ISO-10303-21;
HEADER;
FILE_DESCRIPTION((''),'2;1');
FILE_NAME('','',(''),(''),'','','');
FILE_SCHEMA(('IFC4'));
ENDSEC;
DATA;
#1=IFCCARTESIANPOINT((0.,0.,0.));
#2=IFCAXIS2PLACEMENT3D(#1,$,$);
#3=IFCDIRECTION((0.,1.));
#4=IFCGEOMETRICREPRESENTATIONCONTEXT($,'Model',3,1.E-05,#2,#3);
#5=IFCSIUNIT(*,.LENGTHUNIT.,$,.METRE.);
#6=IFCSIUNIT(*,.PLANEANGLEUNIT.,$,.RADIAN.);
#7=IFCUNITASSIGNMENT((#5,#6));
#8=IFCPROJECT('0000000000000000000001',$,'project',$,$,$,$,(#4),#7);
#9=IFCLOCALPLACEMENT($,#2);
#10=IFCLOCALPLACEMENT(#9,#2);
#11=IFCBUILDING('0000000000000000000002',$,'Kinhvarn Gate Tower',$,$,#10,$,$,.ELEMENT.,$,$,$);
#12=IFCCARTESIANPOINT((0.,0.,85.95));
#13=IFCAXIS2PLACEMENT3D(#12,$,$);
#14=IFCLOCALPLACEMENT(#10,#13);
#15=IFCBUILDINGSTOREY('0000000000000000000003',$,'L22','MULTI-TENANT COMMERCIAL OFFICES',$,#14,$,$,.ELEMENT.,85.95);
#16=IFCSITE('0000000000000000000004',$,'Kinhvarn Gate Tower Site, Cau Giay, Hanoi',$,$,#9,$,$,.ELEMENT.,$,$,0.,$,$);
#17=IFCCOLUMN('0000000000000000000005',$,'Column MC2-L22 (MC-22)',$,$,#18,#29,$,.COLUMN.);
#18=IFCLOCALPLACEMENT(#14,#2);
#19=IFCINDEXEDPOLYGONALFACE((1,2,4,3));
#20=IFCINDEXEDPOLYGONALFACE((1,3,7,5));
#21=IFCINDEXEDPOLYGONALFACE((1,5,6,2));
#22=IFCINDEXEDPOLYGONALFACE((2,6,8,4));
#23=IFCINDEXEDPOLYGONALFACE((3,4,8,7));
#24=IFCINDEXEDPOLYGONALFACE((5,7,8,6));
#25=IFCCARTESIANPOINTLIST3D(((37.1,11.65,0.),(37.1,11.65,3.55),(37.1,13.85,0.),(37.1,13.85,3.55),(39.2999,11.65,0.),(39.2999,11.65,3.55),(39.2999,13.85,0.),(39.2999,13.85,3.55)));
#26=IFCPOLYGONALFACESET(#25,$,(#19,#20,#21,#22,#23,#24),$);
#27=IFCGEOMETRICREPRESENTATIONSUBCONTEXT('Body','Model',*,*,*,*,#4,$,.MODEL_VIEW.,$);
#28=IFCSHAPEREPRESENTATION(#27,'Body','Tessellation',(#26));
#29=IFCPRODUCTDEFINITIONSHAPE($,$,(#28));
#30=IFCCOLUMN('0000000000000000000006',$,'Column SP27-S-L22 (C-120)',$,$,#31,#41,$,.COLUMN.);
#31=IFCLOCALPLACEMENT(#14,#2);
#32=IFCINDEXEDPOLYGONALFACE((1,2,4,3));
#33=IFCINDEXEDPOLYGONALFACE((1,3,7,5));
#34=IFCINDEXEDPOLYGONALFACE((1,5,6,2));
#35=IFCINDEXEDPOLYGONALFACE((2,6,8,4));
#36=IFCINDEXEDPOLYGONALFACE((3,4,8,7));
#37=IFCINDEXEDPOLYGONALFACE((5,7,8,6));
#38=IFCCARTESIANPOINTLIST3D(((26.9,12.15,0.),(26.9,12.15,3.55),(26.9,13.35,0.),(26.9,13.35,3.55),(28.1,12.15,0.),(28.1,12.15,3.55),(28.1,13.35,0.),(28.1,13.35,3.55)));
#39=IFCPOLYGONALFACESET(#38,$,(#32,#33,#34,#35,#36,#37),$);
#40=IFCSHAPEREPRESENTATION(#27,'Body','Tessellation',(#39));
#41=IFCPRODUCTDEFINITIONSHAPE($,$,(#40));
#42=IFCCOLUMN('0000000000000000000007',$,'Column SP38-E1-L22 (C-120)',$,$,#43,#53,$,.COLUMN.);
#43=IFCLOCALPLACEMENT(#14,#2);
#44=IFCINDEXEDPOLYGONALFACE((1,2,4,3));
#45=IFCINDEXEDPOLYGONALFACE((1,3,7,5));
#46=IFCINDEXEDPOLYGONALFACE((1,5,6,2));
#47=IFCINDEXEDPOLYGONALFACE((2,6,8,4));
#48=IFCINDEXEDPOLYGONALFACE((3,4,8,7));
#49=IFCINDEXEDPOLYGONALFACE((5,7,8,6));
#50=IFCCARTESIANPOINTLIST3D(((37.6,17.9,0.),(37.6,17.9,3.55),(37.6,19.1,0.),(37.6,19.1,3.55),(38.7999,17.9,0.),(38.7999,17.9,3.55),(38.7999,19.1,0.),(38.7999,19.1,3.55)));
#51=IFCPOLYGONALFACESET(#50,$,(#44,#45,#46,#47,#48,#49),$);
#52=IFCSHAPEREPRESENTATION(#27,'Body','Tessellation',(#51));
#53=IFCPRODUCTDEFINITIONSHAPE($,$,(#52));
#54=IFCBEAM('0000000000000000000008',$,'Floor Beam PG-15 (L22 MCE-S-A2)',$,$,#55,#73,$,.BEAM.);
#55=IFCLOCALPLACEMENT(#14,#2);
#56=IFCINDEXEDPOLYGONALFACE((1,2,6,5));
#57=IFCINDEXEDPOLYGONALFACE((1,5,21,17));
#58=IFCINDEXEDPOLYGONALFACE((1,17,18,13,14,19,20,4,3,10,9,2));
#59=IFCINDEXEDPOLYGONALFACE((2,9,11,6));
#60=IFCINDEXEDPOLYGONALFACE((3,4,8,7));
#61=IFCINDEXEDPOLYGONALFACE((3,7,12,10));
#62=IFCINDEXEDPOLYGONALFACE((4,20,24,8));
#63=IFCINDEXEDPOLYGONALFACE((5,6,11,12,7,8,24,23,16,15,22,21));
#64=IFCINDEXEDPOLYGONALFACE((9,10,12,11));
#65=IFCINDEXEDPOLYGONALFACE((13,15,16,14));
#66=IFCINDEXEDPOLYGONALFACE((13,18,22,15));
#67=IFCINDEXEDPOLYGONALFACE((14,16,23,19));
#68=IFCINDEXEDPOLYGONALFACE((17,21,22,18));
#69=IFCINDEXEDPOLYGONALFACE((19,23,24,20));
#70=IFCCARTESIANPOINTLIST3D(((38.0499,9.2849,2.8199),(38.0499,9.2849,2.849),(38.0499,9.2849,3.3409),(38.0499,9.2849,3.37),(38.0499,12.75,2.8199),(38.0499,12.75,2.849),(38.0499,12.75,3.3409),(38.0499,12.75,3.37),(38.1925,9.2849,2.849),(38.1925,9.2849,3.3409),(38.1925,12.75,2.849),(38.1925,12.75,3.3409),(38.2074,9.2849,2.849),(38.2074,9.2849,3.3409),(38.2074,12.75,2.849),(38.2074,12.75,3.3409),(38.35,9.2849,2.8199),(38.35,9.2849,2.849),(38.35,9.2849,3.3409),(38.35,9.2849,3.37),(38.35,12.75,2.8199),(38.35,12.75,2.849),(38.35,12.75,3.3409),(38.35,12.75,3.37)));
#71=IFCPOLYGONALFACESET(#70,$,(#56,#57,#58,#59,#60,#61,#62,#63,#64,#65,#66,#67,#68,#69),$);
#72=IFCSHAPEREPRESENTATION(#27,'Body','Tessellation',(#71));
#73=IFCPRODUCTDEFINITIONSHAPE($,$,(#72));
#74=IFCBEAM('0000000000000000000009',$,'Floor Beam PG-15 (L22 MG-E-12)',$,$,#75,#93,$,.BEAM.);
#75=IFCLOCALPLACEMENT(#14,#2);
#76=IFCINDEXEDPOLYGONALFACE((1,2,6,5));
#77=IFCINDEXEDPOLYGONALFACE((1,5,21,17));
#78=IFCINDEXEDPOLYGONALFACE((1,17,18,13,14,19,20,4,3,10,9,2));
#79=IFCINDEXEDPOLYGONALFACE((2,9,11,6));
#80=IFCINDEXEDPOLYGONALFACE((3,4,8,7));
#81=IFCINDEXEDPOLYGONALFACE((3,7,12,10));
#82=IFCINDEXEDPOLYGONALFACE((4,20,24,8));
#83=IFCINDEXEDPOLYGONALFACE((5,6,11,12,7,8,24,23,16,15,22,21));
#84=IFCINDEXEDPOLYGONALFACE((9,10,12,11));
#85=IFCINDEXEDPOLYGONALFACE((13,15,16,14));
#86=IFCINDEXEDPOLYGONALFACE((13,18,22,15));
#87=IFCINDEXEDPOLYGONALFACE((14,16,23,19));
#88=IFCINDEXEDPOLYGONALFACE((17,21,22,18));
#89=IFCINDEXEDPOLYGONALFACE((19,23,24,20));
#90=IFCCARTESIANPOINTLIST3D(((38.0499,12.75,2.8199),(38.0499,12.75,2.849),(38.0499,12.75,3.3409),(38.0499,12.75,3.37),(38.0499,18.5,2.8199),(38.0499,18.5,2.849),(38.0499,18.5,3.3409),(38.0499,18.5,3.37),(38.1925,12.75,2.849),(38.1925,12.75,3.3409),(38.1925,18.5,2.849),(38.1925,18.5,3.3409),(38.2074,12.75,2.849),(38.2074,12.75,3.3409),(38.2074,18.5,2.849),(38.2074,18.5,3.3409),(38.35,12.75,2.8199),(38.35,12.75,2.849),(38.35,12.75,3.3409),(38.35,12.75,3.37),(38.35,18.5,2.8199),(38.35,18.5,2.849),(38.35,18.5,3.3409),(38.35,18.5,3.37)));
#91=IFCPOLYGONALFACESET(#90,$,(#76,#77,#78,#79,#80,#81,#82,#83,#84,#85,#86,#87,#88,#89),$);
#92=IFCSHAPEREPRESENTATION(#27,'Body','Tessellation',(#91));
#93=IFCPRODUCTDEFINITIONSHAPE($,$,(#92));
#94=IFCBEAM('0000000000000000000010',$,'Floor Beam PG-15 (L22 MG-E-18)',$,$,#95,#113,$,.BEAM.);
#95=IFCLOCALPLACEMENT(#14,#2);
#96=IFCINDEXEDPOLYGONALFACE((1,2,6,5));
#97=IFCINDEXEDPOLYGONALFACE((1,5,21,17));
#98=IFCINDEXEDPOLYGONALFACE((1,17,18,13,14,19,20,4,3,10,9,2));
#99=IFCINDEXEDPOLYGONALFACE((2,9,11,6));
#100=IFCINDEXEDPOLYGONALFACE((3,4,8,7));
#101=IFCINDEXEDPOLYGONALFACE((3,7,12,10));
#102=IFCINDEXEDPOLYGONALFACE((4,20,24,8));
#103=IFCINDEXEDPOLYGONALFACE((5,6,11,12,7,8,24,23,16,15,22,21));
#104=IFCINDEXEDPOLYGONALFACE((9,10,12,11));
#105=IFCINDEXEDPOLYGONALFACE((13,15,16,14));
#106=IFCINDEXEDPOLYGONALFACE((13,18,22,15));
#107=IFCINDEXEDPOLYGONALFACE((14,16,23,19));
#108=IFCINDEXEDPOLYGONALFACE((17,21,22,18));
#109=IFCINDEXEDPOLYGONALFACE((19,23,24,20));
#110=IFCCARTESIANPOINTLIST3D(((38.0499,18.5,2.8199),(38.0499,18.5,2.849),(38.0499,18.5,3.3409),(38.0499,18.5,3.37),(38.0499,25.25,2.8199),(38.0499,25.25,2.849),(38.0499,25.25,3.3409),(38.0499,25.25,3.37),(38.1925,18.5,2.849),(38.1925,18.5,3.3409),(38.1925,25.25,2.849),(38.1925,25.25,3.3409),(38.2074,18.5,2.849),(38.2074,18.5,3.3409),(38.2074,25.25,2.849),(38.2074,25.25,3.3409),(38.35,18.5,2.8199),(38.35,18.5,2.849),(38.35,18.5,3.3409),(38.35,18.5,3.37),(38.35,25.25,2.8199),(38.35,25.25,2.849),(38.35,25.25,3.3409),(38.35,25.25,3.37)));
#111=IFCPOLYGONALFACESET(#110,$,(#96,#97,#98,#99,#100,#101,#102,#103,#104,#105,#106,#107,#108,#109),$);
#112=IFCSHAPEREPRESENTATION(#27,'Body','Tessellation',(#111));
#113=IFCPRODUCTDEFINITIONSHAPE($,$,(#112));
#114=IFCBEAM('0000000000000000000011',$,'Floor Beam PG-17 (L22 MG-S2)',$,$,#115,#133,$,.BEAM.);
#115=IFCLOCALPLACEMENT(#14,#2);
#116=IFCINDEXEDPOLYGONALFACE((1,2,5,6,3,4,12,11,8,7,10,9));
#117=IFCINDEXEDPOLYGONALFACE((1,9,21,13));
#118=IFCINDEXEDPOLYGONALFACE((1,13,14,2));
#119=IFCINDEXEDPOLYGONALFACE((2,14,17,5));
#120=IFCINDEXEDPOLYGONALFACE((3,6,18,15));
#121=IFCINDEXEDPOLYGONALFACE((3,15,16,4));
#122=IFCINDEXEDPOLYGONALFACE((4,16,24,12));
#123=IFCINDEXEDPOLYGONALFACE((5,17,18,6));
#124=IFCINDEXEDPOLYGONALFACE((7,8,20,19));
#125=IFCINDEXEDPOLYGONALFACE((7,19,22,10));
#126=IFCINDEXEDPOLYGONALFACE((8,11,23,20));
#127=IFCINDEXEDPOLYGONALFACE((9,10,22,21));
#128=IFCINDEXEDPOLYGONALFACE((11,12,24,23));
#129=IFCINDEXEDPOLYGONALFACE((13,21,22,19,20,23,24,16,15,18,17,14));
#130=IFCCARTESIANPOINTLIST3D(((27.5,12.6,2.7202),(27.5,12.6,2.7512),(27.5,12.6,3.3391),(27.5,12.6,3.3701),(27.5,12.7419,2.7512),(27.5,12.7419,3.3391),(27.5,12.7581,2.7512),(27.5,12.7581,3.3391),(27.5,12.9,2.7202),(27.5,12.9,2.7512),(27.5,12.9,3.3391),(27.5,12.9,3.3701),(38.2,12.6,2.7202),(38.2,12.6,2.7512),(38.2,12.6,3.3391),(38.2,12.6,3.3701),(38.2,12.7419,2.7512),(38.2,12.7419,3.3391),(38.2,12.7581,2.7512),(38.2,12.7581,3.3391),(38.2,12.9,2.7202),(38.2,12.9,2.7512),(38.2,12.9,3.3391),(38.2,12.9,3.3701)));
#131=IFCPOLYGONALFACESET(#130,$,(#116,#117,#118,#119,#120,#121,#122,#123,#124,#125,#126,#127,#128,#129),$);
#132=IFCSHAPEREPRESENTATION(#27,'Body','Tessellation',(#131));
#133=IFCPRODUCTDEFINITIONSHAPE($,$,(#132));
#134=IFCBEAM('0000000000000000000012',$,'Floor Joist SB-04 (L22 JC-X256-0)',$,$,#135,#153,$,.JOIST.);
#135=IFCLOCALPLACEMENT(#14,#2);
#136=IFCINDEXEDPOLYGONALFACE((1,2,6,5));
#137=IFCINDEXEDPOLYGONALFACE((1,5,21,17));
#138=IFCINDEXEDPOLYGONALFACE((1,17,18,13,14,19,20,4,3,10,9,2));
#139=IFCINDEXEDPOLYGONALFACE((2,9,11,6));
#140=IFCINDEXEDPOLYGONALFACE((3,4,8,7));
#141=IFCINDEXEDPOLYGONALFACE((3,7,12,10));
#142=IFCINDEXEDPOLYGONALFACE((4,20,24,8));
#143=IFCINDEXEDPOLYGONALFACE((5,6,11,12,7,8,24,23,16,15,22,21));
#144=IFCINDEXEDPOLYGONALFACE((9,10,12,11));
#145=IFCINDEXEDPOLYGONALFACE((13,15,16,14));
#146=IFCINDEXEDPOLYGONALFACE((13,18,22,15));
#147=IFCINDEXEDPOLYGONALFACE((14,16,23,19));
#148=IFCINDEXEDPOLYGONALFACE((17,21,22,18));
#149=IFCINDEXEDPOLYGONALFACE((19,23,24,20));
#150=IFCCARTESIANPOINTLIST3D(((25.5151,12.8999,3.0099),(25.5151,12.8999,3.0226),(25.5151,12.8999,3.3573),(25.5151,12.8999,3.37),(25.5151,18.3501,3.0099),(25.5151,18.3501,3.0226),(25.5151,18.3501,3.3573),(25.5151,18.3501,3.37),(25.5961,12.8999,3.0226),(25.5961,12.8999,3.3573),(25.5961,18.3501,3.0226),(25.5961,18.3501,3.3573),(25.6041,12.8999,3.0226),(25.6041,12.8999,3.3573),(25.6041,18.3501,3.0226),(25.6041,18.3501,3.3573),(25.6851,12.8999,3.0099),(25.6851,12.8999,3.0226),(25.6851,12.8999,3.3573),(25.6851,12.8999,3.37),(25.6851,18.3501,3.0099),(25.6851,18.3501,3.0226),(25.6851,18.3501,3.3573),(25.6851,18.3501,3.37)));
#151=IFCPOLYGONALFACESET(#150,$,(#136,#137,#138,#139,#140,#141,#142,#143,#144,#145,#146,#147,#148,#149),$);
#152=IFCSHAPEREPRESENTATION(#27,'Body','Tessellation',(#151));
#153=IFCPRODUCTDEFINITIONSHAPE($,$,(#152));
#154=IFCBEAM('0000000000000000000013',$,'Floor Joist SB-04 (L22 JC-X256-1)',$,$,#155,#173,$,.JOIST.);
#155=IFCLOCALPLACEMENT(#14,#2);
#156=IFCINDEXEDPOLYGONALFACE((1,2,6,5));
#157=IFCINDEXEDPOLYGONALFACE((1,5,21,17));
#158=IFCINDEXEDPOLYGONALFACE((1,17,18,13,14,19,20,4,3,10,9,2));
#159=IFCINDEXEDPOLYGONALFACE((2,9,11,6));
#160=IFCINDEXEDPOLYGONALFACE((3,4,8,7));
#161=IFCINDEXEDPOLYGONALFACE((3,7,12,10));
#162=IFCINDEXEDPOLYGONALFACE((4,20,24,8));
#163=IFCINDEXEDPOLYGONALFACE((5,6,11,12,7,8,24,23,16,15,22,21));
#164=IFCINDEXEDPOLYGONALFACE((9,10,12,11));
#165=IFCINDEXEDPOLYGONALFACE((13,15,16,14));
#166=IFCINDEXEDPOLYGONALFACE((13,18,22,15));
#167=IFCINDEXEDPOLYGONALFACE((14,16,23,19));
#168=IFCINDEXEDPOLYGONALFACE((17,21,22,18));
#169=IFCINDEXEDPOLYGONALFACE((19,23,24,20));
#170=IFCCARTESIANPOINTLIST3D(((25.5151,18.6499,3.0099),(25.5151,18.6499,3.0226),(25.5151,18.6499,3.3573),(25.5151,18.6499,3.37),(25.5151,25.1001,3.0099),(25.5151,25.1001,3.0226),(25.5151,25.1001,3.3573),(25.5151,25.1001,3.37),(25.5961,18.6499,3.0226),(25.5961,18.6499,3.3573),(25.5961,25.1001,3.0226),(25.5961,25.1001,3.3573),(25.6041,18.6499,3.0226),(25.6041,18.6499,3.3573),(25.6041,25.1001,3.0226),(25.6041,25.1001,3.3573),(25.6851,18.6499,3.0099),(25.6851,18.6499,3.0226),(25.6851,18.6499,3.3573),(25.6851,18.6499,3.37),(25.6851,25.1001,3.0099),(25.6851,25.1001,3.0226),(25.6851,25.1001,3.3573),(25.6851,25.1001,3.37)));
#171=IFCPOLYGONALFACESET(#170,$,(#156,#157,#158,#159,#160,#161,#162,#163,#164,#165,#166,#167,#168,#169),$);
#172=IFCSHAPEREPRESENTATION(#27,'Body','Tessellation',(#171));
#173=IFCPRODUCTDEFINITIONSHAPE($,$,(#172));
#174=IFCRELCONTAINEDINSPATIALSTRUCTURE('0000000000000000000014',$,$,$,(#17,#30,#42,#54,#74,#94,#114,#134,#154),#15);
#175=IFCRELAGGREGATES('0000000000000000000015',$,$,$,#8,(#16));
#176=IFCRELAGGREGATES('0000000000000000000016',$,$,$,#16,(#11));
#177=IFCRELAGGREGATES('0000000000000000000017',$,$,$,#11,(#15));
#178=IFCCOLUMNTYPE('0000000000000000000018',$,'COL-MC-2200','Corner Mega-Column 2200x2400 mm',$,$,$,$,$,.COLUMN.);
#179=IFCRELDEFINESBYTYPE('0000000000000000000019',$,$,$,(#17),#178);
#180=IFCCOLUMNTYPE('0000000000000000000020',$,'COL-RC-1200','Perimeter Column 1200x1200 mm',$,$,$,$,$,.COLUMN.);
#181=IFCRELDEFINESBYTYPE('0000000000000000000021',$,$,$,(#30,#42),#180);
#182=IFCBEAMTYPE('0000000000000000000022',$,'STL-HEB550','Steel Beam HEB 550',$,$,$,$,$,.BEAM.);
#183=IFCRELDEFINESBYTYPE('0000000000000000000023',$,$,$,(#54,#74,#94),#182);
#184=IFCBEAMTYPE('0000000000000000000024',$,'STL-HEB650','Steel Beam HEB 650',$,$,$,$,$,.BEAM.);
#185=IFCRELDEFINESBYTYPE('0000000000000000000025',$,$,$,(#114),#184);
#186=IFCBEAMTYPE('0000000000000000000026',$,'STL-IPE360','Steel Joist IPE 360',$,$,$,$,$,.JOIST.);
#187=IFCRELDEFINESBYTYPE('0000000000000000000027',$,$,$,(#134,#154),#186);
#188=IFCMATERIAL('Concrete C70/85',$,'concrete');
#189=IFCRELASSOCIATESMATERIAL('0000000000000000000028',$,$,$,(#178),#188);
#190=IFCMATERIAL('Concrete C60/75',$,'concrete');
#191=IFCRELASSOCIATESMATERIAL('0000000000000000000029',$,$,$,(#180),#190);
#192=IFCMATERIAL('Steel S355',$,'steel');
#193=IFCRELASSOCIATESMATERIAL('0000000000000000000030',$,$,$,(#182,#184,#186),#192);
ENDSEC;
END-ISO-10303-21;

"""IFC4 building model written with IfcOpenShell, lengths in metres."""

from ifc_helpers import new_model, si_unit, direction, frame, origin, origin_2d, place, context, subcontext, project, spatial, rectangle, i_section, extrude, material, material_profile, profile_set, type_object, element, save


model = new_model("IFC4")

# Units and contexts
model_context = context("Model", 3, precision=1e-05, world=origin(), true_north=direction((0.0, 1.0)))
body_context = subcontext(model_context, "Body", "Model", "MODEL_VIEW")
ifc_project = project(units=[si_unit("LENGTHUNIT", "METRE"), si_unit("PLANEANGLEUNIT", "RADIAN")], contexts=[model_context])

# Site, building, storey
site_placement = place(None, origin())
site = spatial("IfcSite", under=ifc_project, at=site_placement, Name="Kinhvarn Gate Tower Site, Cau Giay, Hanoi", CompositionType="ELEMENT", RefElevation=0.0)
building_placement = place(site_placement, origin())
building = spatial("IfcBuilding", under=site, at=building_placement, Name="Kinhvarn Gate Tower", CompositionType="ELEMENT")
storey_placement = place(building_placement, frame((0.0, 0.0, 85.95)))
storey = spatial("IfcBuildingStorey", under=building, at=storey_placement, Name="L22", Description="MULTI-TENANT COMMERCIAL OFFICES", CompositionType="ELEMENT", Elevation=85.95)

# Columns
ifc_material_1 = material(Name="Concrete C70/85", Category="concrete")
ifc_material_profile_1 = material_profile(ifc_material_1, rectangle(XDim=2.2, YDim=2.2, at=origin_2d()), Name="RC 2200x2200")
ifc_profile_set_1 = profile_set([ifc_material_profile_1], Name="Concrete C70/85")
column_type_1 = type_object("IfcColumnType", Name="COL-MC-2200", Description="Corner Mega-Column 2200x2400 mm", PredefinedType="COLUMN", material=ifc_profile_set_1)
column_placement = place(storey_placement, frame((38.2, 12.75, 0.0), z_axis=(0.0, 0.0, 1.0), x_axis=(1.0, 0.0, 0.0)))
element("IfcColumn", 1, at=column_placement, inside=storey, type_object=column_type_1, Name="Column MC2-L22 (MC-22)", PredefinedType="COLUMN", context=body_context, shape_type="SweptSolid", body=[
    extrude(rectangle(XDim=2.2, YDim=2.2, at=origin_2d()), origin(), (0.0, 0.0, 1.0), 3.55),
])
ifc_material_2 = material(Name="Concrete C60/75", Category="concrete")
ifc_material_profile_2 = material_profile(ifc_material_2, rectangle(XDim=1.2, YDim=1.2, at=origin_2d()), Name="RC 1200x1200")
ifc_profile_set_2 = profile_set([ifc_material_profile_2], Name="Concrete C60/75")
column_type_2 = type_object("IfcColumnType", Name="COL-RC-1200", Description="Perimeter Column 1200x1200 mm", PredefinedType="COLUMN", material=ifc_profile_set_2)
for number, where, z_axis, x_axis, name in (
    (2, (27.5, 12.75, 0.0), (0.0, 0.0, 1.0), (1.0, 0.0, 0.0), "Column SP27-S-L22 (C-120)"),
    (3, (38.2, 18.5, 0.0), (0.0, 0.0, 1.0), (1.0, 0.0, 0.0), "Column SP38-E1-L22 (C-120)"),
):
    element("IfcColumn", number, at=place(storey_placement, frame(where, z_axis=z_axis, x_axis=x_axis)), inside=storey, type_object=column_type_2, Name=name, PredefinedType="COLUMN", context=body_context, shape_type="SweptSolid", body=[
        extrude(rectangle(XDim=1.2, YDim=1.2, at=origin_2d()), origin(), (0.0, 0.0, 1.0), 3.55),
    ])

# Beams
ifc_material_3 = material(Name="Steel S355", Category="steel")
ifc_material_profile_3 = material_profile(ifc_material_3, i_section(OverallWidth=0.3, OverallDepth=0.55, WebThickness=0.0149, FlangeThickness=0.0291, at=origin_2d()), Name="HEB 550")
ifc_profile_set_3 = profile_set([ifc_material_profile_3], Name="Steel S355")
beam_type_1 = type_object("IfcBeamType", Name="STL-HEB550", Description="Steel Beam HEB 550", PredefinedType="BEAM", material=ifc_profile_set_3)
beam_1_placement = place(storey_placement, frame((38.2, 9.2849, 3.095), z_axis=(0.0, 1.0, 0.0), x_axis=(-1.0, 0.0, 0.0)))
element("IfcBeam", 4, at=beam_1_placement, inside=storey, type_object=beam_type_1, Name="Floor Beam PG-15 (L22 MCE-S-A2)", PredefinedType="BEAM", context=body_context, shape_type="SweptSolid", body=[
    extrude(i_section(OverallWidth=0.3, OverallDepth=0.55, WebThickness=0.0149, FlangeThickness=0.0291, at=origin_2d()), origin(), (0.0, 0.0, 1.0), 3.4651),
])
beam_2_placement = place(storey_placement, frame((38.2, 12.75, 3.095), z_axis=(0.0, 1.0, 0.0), x_axis=(-1.0, 0.0, 0.0)))
element("IfcBeam", 5, at=beam_2_placement, inside=storey, type_object=beam_type_1, Name="Floor Beam PG-15 (L22 MG-E-12)", PredefinedType="BEAM", context=body_context, shape_type="SweptSolid", body=[
    extrude(i_section(OverallWidth=0.3, OverallDepth=0.55, WebThickness=0.0149, FlangeThickness=0.0291, at=origin_2d()), origin(), (0.0, 0.0, 1.0), 5.75),
])
beam_3_placement = place(storey_placement, frame((38.2, 18.5, 3.095), z_axis=(0.0, 1.0, 0.0), x_axis=(-1.0, 0.0, 0.0)))
element("IfcBeam", 6, at=beam_3_placement, inside=storey, type_object=beam_type_1, Name="Floor Beam PG-15 (L22 MG-E-18)", PredefinedType="BEAM", context=body_context, shape_type="SweptSolid", body=[
    extrude(i_section(OverallWidth=0.3, OverallDepth=0.55, WebThickness=0.0149, FlangeThickness=0.0291, at=origin_2d()), origin(), (0.0, 0.0, 1.0), 6.75),
])
ifc_material_profile_4 = material_profile(ifc_material_3, i_section(OverallWidth=0.3, OverallDepth=0.6499, WebThickness=0.0161, FlangeThickness=0.031, at=origin_2d()), Name="HEB 650")
ifc_profile_set_4 = profile_set([ifc_material_profile_4], Name="Steel S355")
beam_type_2 = type_object("IfcBeamType", Name="STL-HEB650", Description="Steel Beam HEB 650", PredefinedType="BEAM", material=ifc_profile_set_4)
beam_4_placement = place(storey_placement, frame((27.5, 12.75, 3.0452), z_axis=(1.0, 0.0, 0.0), x_axis=(0.0, 1.0, 0.0)))
element("IfcBeam", 7, at=beam_4_placement, inside=storey, type_object=beam_type_2, Name="Floor Beam PG-17 (L22 MG-S2)", PredefinedType="BEAM", context=body_context, shape_type="SweptSolid", body=[
    extrude(i_section(OverallWidth=0.3, OverallDepth=0.6499, WebThickness=0.0161, FlangeThickness=0.031, at=origin_2d()), origin(), (0.0, 0.0, 1.0), 10.7),
])
ifc_material_profile_5 = material_profile(ifc_material_3, i_section(OverallWidth=0.1699, OverallDepth=0.3601, WebThickness=0.0081, FlangeThickness=0.0127, at=origin_2d()), Name="IPE 360")
ifc_profile_set_5 = profile_set([ifc_material_profile_5], Name="Steel S355")
beam_type_3 = type_object("IfcBeamType", Name="STL-IPE360", Description="Steel Joist IPE 360", PredefinedType="JOIST", material=ifc_profile_set_5)
beam_5_placement = place(storey_placement, frame((25.6001, 12.8999, 3.1899), z_axis=(0.0, 1.0, 0.0), x_axis=(-1.0, 0.0, 0.0)))
element("IfcBeam", 8, at=beam_5_placement, inside=storey, type_object=beam_type_3, Name="Floor Joist SB-04 (L22 JC-X256-0)", PredefinedType="JOIST", context=body_context, shape_type="SweptSolid", body=[
    extrude(i_section(OverallWidth=0.1699, OverallDepth=0.3601, WebThickness=0.0081, FlangeThickness=0.0127, at=origin_2d()), origin(), (0.0, 0.0, 1.0), 5.4502),
])
beam_6_placement = place(storey_placement, frame((25.6001, 18.6499, 3.1899), z_axis=(0.0, 1.0, 0.0), x_axis=(-1.0, 0.0, 0.0)))
element("IfcBeam", 9, at=beam_6_placement, inside=storey, type_object=beam_type_3, Name="Floor Joist SB-04 (L22 JC-X256-1)", PredefinedType="JOIST", context=body_context, shape_type="SweptSolid", body=[
    extrude(i_section(OverallWidth=0.1699, OverallDepth=0.3601, WebThickness=0.0081, FlangeThickness=0.0127, at=origin_2d()), origin(), (0.0, 0.0, 1.0), 6.4502),
])

save(model, "model.ifc")
